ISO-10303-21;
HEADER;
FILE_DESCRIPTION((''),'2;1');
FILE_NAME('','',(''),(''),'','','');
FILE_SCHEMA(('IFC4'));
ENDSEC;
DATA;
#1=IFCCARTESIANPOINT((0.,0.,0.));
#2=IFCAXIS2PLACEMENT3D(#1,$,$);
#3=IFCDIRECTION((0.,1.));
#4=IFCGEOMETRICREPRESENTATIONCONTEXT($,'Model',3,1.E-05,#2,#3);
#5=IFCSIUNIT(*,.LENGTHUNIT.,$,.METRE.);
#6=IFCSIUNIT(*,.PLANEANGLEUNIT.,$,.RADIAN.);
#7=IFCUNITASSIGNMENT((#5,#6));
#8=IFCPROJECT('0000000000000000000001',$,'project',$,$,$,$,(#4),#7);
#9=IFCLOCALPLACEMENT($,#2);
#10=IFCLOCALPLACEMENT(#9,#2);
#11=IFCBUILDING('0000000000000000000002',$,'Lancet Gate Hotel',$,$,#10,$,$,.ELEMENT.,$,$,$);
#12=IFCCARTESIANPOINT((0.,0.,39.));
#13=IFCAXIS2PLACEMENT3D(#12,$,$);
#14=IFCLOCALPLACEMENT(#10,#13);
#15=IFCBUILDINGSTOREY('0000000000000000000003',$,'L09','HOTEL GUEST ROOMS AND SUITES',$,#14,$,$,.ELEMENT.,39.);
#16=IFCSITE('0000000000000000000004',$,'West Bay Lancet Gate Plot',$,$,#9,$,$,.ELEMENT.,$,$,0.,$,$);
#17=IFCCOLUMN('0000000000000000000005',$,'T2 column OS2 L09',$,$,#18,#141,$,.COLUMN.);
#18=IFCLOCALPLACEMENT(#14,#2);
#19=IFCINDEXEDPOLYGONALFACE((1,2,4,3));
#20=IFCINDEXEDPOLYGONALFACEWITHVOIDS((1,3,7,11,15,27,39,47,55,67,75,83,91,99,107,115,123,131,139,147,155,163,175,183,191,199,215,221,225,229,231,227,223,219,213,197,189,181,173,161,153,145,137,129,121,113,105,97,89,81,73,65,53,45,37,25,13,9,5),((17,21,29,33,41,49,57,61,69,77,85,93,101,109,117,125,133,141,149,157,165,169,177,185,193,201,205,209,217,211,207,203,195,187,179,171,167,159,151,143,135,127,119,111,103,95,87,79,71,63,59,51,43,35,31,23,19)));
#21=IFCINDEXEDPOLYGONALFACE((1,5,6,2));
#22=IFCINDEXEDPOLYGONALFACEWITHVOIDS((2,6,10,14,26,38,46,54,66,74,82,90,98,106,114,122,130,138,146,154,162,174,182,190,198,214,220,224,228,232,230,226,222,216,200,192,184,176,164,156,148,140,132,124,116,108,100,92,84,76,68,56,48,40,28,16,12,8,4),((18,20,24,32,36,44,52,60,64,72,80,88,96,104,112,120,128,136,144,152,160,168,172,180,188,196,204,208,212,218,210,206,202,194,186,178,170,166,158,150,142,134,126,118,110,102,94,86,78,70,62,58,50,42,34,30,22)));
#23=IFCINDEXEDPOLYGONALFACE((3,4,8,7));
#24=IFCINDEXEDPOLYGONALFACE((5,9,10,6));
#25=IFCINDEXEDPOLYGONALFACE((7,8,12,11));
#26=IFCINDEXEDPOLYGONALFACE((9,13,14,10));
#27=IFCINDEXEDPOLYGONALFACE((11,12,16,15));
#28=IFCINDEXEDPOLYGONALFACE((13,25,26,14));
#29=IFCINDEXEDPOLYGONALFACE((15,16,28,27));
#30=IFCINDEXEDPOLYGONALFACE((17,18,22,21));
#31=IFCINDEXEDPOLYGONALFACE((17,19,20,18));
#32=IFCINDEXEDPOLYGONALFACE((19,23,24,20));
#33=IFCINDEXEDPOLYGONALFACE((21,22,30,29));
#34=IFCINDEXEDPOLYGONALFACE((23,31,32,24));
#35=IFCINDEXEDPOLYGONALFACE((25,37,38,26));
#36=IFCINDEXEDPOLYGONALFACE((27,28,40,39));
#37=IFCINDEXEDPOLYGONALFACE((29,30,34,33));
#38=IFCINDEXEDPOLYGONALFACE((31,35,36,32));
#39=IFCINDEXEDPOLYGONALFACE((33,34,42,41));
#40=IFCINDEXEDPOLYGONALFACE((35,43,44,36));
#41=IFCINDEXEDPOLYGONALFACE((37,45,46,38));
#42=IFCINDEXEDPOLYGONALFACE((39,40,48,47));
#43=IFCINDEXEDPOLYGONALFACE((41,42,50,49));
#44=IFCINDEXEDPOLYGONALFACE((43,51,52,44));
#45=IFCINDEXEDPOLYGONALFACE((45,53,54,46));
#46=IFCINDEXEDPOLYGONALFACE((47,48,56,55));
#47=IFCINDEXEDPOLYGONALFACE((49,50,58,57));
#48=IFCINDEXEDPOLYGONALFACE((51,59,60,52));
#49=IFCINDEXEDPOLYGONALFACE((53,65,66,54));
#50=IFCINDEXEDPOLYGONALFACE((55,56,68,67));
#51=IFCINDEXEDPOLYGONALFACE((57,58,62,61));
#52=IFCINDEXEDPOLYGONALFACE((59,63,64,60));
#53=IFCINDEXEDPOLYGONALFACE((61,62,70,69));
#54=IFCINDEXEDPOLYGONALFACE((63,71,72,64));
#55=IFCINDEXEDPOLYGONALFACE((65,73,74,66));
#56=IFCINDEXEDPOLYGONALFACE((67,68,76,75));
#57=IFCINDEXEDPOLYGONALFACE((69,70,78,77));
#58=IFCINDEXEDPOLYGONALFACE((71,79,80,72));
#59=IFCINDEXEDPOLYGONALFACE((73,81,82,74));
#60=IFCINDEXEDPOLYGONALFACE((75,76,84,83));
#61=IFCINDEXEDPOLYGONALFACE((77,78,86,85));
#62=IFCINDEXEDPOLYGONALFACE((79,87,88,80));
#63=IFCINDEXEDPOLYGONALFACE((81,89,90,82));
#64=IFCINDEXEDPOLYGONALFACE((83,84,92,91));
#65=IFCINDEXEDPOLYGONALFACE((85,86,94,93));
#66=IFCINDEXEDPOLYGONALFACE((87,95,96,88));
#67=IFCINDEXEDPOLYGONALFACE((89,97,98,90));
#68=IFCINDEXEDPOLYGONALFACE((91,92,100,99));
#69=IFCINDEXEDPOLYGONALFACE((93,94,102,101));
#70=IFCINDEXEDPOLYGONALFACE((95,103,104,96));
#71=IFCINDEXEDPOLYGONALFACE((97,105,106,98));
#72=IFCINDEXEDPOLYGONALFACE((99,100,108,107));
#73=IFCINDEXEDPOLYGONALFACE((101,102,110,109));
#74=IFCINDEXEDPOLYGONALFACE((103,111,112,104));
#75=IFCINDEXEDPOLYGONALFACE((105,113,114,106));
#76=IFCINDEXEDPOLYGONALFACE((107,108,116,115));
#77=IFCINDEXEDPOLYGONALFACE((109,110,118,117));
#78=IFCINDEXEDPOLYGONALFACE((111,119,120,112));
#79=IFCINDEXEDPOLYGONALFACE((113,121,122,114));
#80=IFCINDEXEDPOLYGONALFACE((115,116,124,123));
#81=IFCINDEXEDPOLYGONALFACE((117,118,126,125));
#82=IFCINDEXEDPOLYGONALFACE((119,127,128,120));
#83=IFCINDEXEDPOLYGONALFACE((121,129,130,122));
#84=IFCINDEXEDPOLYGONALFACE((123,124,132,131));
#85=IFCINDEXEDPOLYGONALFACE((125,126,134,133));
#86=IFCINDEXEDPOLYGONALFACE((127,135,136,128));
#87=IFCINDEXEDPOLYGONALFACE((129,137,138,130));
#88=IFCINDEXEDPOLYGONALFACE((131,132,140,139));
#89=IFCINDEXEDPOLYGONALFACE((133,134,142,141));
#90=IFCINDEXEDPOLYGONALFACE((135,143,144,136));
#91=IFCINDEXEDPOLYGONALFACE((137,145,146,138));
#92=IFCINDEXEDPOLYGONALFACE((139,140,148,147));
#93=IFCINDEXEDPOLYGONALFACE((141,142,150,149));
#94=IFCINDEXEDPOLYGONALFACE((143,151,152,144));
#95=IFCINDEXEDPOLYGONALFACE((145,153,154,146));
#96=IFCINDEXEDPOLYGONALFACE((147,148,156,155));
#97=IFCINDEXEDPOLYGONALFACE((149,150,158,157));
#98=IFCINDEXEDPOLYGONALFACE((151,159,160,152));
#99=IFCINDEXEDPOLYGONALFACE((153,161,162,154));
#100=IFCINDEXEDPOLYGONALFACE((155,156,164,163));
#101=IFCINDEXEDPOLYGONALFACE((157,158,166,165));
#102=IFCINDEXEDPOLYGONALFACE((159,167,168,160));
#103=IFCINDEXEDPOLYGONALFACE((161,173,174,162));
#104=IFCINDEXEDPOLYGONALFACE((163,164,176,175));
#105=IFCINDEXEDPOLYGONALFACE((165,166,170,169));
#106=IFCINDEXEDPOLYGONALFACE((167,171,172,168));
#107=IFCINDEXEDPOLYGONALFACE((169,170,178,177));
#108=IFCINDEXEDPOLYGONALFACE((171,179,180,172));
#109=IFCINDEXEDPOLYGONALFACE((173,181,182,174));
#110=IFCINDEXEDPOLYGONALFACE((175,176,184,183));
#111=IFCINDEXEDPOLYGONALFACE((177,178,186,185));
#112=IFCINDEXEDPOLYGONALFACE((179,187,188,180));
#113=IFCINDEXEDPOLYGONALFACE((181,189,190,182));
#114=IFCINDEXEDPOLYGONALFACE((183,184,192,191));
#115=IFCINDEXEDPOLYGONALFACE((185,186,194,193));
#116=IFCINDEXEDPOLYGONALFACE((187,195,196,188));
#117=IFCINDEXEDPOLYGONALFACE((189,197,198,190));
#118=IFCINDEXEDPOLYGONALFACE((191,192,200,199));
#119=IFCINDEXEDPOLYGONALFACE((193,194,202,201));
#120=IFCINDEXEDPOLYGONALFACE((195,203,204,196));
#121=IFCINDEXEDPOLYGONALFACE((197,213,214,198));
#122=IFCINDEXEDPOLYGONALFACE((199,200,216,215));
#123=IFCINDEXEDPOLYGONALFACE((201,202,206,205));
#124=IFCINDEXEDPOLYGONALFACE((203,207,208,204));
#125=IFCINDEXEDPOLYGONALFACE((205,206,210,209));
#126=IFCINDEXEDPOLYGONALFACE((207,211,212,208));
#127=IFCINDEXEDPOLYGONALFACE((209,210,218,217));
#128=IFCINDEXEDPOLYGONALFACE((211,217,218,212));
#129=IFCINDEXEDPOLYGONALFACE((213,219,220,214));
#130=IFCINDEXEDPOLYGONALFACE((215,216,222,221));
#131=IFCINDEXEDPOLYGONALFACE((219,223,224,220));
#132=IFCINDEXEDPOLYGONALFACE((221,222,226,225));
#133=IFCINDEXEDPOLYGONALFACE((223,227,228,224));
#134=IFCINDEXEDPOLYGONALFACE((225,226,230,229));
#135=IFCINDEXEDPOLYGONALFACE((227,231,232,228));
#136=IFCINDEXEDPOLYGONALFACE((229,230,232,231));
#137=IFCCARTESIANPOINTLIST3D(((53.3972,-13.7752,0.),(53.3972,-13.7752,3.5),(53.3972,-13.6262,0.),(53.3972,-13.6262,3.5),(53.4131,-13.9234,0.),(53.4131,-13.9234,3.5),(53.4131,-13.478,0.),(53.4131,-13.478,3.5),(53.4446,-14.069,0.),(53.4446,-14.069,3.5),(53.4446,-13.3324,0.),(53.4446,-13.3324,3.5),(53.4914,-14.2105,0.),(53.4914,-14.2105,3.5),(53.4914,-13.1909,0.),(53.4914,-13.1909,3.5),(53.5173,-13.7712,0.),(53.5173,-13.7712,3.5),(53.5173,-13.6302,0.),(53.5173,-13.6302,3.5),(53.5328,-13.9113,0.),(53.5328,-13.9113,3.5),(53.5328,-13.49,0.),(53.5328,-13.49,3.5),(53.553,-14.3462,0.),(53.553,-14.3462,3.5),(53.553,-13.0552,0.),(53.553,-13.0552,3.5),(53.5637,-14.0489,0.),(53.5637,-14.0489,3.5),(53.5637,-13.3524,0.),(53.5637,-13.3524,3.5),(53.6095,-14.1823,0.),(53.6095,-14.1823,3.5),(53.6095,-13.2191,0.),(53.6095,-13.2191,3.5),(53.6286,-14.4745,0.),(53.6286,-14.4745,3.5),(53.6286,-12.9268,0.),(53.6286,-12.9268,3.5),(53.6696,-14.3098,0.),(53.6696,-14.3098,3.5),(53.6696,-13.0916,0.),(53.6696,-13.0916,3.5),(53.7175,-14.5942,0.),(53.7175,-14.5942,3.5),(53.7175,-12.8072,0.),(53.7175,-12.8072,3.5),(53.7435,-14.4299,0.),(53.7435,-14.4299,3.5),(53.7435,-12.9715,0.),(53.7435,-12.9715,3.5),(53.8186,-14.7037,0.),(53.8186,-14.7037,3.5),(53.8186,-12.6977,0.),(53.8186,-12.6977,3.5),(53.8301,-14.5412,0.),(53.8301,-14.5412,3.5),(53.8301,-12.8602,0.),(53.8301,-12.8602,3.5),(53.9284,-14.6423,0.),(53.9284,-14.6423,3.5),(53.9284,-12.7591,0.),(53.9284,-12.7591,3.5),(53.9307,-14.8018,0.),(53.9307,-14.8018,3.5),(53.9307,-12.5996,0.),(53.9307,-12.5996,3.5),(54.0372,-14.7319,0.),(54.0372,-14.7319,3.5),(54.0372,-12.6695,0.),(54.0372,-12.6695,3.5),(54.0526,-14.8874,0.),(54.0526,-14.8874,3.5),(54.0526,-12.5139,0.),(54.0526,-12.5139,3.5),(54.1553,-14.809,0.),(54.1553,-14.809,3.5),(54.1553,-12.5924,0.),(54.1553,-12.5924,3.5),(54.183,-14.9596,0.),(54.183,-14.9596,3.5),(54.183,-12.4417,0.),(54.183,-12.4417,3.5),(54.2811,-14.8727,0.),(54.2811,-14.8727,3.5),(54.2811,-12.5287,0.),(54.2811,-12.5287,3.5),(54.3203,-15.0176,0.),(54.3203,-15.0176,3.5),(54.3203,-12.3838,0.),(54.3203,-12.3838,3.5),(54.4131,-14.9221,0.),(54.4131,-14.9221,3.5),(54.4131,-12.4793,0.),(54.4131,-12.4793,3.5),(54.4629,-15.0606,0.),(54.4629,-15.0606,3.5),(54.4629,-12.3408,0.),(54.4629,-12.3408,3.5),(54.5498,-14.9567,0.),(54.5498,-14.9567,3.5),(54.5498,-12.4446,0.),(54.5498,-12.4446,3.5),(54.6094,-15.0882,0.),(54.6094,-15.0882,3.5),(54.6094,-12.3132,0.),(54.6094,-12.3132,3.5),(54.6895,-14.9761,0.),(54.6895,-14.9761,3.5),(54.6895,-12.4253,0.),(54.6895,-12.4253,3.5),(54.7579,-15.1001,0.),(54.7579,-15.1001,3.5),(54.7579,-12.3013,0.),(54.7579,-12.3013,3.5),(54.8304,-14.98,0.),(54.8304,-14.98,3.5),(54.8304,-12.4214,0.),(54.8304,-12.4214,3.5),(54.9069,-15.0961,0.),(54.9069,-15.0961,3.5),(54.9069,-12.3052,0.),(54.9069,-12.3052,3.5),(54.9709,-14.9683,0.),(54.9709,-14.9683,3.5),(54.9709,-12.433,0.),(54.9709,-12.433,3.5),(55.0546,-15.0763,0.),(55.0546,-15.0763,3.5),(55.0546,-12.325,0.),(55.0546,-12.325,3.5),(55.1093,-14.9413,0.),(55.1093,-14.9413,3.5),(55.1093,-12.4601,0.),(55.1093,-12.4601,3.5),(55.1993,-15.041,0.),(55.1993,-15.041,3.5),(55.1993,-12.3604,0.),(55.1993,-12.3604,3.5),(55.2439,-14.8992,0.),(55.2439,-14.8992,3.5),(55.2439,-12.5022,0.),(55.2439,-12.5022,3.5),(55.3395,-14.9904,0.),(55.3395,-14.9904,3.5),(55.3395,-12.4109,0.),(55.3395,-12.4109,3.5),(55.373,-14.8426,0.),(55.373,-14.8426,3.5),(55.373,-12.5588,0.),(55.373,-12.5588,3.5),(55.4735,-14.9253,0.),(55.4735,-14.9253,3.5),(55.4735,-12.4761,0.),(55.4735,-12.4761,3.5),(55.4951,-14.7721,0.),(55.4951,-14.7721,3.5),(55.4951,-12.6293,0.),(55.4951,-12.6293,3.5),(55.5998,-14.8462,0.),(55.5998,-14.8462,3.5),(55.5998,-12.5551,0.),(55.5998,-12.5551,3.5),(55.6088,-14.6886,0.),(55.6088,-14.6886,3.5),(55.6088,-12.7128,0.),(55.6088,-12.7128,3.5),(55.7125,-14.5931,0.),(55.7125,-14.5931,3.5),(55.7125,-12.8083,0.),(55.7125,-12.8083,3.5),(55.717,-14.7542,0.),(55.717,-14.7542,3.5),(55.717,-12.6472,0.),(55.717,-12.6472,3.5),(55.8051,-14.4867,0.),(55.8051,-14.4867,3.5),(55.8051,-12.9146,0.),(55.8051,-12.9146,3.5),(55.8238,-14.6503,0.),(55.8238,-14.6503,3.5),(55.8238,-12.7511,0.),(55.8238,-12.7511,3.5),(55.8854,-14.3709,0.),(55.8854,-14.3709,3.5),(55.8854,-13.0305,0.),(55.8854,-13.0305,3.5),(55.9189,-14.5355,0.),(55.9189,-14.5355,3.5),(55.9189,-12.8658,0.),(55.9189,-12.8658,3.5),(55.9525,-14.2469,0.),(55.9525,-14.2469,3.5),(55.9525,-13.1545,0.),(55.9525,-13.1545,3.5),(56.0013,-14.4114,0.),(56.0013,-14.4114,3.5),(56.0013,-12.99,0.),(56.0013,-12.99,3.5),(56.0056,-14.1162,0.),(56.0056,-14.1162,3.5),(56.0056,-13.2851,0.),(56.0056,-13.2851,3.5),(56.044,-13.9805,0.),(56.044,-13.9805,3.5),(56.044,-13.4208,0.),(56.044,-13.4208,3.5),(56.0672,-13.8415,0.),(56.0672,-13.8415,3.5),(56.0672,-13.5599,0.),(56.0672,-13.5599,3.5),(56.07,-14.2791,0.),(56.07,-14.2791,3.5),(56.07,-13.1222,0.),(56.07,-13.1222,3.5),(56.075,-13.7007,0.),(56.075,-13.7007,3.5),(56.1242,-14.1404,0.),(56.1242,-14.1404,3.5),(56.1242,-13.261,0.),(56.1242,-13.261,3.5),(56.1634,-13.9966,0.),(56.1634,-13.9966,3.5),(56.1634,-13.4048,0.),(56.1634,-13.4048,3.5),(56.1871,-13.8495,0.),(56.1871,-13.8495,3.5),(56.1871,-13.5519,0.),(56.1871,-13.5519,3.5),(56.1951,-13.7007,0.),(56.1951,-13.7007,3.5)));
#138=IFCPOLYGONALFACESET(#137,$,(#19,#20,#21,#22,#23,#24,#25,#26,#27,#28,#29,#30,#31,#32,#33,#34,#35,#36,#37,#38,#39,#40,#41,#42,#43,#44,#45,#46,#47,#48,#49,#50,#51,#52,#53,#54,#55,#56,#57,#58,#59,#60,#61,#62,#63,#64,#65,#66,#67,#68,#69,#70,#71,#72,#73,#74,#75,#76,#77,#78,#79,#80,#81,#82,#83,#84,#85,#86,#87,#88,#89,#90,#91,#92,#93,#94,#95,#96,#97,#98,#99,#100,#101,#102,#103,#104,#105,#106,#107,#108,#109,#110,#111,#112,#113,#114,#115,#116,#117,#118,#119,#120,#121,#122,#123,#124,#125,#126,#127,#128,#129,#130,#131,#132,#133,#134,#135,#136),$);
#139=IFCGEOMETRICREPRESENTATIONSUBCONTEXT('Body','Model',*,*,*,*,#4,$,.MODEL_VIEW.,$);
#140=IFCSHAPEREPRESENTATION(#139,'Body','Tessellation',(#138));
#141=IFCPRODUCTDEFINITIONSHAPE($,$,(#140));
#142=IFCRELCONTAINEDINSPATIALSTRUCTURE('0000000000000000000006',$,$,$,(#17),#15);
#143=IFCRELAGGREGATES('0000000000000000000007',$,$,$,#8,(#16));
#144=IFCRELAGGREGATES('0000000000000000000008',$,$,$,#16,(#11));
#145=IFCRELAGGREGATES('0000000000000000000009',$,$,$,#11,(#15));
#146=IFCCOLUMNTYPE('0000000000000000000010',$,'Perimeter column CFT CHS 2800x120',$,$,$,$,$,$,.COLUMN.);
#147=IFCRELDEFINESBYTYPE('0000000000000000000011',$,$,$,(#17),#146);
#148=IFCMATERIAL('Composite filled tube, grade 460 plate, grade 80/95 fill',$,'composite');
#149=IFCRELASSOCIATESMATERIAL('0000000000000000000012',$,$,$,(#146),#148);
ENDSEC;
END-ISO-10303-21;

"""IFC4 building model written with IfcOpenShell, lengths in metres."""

from ifc_helpers import new_model, si_unit, direction, frame, origin, origin_2d, place, context, subcontext, project, spatial, hollow_circle, extrude, material, material_profile, profile_set, type_object, element, save


model = new_model("IFC4")

# Units and contexts
model_context = context("Model", 3, precision=1e-05, world=origin(), true_north=direction((0.0, 1.0)))
body_context = subcontext(model_context, "Body", "Model", "MODEL_VIEW")
ifc_project = project(units=[si_unit("LENGTHUNIT", "METRE"), si_unit("PLANEANGLEUNIT", "RADIAN")], contexts=[model_context])

# Site, building, storey
site_placement = place(None, origin())
site = spatial("IfcSite", under=ifc_project, at=site_placement, Name="West Bay Lancet Gate Plot", CompositionType="ELEMENT", RefElevation=0.0)
building_placement = place(site_placement, origin())
building = spatial("IfcBuilding", under=site, at=building_placement, Name="Lancet Gate Hotel", CompositionType="ELEMENT")
storey_placement = place(building_placement, frame((0.0, 0.0, 39.0)))
storey = spatial("IfcBuildingStorey", under=building, at=storey_placement, Name="L09", Description="HOTEL GUEST ROOMS AND SUITES", CompositionType="ELEMENT", Elevation=39.0)

# Column
ifc_material_1 = material(Name="Composite filled tube, grade 460 plate, grade 80/95 fill", Category="composite")
ifc_material_profile_1 = material_profile(ifc_material_1, hollow_circle(Radius=1.3999, WallThickness=0.1201, at=origin_2d()), Name="CHS 2800x120")
ifc_profile_set_1 = profile_set([ifc_material_profile_1], Name="Composite filled tube, grade 460 plate, grade 80/95 fill")
column_type = type_object("IfcColumnType", Name="Perimeter column CFT CHS 2800x120", PredefinedType="COLUMN", material=ifc_profile_set_1)
for number, where, z_axis, x_axis, name in (
    (1, (54.7952, -13.7007, 0.0), (0.0, 0.0, 1.0), (1.0, 0.0, 0.0), "T2 column OS2 L09"),
):
    element("IfcColumn", number, at=place(storey_placement, frame(where, z_axis=z_axis, x_axis=x_axis)), inside=storey, type_object=column_type, Name=name, PredefinedType="COLUMN", context=body_context, shape_type="SweptSolid", body=[
        extrude(hollow_circle(Radius=1.3999, WallThickness=0.1201, at=origin_2d()), origin(), (0.0, 0.0, 1.0), 3.5),
    ])

save(model, "model.ifc")
